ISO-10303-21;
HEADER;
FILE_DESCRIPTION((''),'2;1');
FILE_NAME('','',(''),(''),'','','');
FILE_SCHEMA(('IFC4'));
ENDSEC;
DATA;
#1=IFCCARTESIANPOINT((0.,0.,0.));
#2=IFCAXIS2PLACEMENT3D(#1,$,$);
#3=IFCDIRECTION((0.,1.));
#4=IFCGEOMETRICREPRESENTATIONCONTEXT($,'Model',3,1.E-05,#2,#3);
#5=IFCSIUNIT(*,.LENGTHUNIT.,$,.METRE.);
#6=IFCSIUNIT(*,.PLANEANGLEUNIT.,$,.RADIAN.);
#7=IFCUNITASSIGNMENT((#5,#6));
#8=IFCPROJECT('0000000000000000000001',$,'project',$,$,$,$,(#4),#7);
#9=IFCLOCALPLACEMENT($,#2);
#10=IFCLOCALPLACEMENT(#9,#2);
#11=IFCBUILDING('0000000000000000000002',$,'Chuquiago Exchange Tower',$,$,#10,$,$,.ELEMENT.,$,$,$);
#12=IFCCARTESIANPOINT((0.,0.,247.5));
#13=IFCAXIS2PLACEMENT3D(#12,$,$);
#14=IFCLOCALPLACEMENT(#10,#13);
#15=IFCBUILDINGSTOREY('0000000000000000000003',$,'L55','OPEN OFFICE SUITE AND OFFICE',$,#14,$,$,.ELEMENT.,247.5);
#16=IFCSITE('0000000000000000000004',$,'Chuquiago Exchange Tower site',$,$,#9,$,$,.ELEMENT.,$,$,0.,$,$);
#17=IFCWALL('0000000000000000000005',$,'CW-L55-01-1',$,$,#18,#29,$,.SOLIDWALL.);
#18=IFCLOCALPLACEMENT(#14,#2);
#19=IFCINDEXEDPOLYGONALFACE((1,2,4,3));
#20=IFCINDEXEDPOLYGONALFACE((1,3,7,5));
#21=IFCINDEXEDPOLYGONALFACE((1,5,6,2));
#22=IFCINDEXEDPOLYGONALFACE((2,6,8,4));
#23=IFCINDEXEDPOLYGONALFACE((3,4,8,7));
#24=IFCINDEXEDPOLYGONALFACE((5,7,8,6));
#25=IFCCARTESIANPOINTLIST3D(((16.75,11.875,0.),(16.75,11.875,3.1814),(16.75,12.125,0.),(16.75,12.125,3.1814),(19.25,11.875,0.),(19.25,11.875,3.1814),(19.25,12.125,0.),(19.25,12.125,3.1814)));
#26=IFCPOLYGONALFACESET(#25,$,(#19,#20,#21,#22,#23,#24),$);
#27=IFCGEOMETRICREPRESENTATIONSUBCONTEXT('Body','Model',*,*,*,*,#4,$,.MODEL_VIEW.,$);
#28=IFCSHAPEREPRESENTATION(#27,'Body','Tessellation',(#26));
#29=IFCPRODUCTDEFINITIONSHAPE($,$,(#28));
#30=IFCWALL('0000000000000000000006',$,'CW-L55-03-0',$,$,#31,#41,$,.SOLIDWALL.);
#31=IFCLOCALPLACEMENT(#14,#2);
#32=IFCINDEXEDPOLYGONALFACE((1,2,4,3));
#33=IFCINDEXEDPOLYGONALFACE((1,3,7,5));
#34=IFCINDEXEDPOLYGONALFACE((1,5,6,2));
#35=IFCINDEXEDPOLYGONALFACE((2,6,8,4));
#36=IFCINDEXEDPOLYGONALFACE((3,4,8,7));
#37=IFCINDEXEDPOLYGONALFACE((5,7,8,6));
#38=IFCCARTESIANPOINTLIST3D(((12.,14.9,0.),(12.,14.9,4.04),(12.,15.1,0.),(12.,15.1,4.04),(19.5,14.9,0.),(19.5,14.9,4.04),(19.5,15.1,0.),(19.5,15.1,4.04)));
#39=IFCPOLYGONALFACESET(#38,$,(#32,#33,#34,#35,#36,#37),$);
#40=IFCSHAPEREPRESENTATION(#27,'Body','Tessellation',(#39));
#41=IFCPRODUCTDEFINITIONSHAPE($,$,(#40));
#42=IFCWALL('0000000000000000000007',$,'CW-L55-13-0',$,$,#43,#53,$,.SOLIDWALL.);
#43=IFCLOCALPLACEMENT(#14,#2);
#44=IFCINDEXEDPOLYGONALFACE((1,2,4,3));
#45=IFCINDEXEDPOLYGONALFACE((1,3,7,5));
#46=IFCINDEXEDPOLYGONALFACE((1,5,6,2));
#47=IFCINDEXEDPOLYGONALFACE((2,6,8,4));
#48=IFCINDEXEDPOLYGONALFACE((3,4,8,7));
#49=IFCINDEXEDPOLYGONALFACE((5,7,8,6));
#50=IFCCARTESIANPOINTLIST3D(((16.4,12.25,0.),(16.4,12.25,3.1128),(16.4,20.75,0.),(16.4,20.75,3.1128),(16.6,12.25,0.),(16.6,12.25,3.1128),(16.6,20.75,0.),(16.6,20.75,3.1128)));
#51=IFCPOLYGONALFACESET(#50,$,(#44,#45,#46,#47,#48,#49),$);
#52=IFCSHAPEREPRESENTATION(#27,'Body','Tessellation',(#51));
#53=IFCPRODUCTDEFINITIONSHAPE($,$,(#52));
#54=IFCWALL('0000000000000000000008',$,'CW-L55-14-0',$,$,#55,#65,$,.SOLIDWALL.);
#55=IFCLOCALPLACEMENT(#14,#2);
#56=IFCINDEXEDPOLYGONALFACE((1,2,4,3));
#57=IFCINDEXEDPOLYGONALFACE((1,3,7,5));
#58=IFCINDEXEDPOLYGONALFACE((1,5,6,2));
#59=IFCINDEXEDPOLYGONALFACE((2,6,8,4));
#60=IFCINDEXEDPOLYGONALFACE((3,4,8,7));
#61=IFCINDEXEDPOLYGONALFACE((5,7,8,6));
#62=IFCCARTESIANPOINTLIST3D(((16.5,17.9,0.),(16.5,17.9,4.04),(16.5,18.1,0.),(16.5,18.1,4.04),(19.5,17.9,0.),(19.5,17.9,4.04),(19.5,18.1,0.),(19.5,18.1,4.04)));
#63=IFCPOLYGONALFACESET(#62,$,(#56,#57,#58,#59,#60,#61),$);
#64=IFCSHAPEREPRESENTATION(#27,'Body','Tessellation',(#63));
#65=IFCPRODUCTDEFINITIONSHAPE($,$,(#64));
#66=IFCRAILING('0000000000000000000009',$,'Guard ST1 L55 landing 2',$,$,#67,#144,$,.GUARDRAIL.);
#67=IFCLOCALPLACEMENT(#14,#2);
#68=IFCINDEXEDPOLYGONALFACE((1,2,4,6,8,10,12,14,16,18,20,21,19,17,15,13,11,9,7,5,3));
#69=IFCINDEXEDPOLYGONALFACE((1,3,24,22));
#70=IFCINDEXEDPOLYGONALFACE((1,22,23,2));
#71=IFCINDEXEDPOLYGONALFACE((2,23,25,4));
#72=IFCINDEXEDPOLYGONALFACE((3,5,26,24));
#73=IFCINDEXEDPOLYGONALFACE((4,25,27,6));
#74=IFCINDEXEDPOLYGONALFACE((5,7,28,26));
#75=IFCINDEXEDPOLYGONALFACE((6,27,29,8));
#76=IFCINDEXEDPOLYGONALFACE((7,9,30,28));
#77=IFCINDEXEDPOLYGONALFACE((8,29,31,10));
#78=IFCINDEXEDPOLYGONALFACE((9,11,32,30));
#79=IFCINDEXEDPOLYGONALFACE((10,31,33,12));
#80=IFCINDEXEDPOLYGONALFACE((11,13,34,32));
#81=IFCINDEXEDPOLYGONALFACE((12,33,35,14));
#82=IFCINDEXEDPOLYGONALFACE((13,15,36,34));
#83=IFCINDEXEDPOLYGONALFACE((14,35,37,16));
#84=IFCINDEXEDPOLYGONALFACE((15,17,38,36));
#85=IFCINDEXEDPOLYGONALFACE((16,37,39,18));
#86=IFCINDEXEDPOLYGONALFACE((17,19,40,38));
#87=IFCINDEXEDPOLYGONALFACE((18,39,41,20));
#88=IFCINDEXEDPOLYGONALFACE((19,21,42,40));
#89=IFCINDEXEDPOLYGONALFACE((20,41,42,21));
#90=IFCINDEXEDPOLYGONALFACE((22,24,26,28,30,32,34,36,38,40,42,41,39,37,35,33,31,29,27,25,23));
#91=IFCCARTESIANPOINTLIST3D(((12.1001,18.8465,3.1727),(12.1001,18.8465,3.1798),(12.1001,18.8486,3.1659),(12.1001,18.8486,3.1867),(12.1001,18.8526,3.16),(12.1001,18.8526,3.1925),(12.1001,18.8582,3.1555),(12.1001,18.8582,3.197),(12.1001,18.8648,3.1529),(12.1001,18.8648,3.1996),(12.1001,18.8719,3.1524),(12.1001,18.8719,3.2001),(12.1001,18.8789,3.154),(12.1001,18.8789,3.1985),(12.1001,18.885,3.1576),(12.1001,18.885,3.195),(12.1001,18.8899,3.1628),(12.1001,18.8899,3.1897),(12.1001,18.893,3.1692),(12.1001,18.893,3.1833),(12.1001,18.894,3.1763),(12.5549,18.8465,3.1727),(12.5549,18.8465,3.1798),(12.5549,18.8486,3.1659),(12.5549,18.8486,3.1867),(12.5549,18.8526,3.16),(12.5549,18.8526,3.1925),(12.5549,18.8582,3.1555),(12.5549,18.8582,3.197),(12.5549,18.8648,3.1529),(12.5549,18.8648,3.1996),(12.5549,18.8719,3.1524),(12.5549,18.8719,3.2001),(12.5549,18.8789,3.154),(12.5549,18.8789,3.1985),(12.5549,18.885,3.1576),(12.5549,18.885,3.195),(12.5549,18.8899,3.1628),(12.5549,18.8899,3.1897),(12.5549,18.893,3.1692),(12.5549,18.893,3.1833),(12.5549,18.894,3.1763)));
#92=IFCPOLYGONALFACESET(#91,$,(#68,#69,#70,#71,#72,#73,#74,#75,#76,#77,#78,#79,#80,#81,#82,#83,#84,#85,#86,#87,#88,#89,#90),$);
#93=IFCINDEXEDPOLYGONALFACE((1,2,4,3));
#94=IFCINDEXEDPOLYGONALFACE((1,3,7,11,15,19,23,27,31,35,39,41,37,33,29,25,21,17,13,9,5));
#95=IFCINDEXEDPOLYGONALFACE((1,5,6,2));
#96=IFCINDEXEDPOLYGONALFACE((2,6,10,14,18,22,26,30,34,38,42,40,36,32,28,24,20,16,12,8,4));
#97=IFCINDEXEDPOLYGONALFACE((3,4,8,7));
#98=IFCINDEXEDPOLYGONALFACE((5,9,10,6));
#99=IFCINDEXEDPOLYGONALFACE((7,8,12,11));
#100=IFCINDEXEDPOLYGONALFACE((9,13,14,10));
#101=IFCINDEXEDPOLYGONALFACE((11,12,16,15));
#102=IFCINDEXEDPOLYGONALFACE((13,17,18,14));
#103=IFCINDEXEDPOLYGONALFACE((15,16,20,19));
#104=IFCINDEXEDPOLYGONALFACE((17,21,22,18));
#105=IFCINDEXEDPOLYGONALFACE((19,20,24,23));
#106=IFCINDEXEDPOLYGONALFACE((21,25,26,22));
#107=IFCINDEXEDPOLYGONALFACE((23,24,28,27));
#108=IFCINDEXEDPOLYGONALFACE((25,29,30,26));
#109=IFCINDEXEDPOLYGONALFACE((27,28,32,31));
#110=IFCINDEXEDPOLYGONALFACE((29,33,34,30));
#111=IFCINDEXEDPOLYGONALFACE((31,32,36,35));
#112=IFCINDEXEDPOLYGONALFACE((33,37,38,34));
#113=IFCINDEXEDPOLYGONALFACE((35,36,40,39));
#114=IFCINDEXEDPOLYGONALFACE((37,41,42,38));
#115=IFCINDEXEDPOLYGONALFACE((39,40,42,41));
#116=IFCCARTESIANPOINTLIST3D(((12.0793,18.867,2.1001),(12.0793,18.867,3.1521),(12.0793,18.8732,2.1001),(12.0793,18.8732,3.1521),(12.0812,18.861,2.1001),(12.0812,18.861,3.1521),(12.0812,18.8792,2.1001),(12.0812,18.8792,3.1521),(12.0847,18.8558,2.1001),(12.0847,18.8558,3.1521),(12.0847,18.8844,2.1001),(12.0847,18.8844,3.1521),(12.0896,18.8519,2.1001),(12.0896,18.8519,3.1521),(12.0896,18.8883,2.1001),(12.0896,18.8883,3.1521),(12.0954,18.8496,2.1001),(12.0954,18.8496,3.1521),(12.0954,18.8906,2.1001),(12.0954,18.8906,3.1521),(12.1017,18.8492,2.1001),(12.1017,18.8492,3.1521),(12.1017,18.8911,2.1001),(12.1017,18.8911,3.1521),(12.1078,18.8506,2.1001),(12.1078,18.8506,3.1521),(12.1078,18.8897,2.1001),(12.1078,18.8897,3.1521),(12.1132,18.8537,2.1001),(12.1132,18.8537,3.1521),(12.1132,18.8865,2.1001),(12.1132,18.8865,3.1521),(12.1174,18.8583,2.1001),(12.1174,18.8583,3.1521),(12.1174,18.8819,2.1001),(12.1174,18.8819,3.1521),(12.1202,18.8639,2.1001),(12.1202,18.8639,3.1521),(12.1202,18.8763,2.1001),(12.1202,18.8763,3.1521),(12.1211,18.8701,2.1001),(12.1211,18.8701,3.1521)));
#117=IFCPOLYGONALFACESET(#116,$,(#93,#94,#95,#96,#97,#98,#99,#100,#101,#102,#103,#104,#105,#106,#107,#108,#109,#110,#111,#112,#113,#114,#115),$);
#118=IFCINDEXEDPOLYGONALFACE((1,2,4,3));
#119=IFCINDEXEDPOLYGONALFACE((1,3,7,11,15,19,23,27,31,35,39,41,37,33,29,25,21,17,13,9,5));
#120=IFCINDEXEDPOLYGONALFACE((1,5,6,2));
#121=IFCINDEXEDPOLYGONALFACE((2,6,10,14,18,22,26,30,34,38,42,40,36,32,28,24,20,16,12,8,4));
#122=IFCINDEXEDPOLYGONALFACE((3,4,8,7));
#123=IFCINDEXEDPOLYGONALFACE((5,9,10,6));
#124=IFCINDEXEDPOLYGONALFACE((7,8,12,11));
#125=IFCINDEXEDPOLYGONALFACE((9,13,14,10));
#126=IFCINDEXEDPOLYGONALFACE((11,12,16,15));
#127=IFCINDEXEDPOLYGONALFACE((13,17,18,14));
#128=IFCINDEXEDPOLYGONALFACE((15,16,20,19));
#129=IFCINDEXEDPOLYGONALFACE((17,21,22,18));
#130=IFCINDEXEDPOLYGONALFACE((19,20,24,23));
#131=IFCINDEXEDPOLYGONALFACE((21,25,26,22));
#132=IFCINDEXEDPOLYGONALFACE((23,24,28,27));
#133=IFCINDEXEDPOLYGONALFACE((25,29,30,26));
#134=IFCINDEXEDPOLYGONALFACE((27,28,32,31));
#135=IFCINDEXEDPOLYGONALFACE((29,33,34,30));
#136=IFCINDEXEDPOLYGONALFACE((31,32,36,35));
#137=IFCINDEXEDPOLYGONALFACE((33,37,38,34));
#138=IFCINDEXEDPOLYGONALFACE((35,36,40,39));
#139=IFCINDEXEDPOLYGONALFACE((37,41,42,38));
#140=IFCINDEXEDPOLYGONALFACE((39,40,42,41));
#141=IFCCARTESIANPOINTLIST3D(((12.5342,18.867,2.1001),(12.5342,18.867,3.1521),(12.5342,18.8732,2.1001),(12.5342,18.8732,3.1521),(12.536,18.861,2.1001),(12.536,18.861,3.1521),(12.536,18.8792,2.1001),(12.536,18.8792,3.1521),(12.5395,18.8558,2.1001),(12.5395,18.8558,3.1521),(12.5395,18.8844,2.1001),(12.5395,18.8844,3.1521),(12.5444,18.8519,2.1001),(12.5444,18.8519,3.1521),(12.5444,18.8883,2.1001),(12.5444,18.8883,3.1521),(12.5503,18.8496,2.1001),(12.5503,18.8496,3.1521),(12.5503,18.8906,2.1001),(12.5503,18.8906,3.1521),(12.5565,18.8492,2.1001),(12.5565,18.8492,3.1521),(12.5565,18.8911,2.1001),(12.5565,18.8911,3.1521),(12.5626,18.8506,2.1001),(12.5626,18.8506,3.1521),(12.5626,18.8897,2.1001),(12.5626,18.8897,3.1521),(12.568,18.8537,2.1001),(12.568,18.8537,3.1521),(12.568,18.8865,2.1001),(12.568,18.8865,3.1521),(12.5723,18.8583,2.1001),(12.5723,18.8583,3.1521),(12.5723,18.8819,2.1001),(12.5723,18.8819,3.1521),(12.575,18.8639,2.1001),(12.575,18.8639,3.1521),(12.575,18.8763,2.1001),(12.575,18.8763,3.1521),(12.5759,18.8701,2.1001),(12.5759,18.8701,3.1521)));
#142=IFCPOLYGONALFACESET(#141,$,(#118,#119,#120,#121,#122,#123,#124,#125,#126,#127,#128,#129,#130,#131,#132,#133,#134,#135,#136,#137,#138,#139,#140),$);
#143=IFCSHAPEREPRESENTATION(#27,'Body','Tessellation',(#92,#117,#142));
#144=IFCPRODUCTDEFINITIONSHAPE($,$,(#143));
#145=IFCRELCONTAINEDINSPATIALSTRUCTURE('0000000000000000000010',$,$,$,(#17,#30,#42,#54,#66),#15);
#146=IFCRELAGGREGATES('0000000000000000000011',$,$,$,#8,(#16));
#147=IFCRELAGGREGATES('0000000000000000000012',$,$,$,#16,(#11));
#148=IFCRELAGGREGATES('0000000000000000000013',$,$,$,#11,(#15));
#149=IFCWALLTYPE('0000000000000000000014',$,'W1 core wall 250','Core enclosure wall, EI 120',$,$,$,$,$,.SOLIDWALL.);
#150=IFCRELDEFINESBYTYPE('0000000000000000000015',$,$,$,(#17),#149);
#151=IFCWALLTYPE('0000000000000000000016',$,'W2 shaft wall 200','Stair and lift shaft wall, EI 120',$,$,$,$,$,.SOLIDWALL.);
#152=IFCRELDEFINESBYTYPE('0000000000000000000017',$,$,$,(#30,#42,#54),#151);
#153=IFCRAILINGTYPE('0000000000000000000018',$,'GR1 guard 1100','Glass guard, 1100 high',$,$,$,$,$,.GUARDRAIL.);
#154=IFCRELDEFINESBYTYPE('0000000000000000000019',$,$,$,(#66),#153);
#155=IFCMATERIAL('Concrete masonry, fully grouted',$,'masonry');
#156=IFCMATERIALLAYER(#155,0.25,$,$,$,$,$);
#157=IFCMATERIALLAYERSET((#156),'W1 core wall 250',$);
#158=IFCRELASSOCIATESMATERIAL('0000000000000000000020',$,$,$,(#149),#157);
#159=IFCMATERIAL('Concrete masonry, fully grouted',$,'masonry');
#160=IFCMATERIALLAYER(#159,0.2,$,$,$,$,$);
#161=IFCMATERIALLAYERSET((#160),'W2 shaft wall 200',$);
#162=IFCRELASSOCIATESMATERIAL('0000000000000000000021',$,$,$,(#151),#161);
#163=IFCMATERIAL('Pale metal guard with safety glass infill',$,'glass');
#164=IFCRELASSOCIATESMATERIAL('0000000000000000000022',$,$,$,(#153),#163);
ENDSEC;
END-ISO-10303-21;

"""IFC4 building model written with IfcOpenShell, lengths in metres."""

from ifc_helpers import new_model, si_unit, direction, frame, frame_2d, origin, origin_2d, place, context, subcontext, project, spatial, rectangle, circle, extrude, material, layer, layer_set, type_object, element, save


model = new_model("IFC4")

# Units and contexts
model_context = context("Model", 3, precision=1e-05, world=origin(), true_north=direction((0.0, 1.0)))
body_context = subcontext(model_context, "Body", "Model", "MODEL_VIEW")
ifc_project = project(units=[si_unit("LENGTHUNIT", "METRE"), si_unit("PLANEANGLEUNIT", "RADIAN")], contexts=[model_context])

# Site, building, storey
site_placement = place(None, origin())
site = spatial("IfcSite", under=ifc_project, at=site_placement, Name="Chuquiago Exchange Tower site", CompositionType="ELEMENT", RefElevation=0.0)
building_placement = place(site_placement, origin())
building = spatial("IfcBuilding", under=site, at=building_placement, Name="Chuquiago Exchange Tower", CompositionType="ELEMENT")
storey_placement = place(building_placement, frame((0.0, 0.0, 247.5)))
storey = spatial("IfcBuildingStorey", under=building, at=storey_placement, Name="L55", Description="OPEN OFFICE SUITE AND OFFICE", CompositionType="ELEMENT", Elevation=247.5)

# Shared definitions
ifc_material_1 = material(Name="Concrete masonry, fully grouted", Category="masonry")
ifc_layer_1 = layer(ifc_material_1, 0.25)
ifc_layer_set_1 = layer_set([ifc_layer_1], Name="W1 core wall 250")
wall_type_1 = type_object("IfcWallType", Name="W1 core wall 250", Description="Core enclosure wall, EI 120", PredefinedType="SOLIDWALL", material=ifc_layer_set_1)

# Walls
wall_1_placement = place(storey_placement, frame((16.75, 12.0, 0.0), z_axis=(0.0, 0.0, 1.0), x_axis=(1.0, 0.0, 0.0)))
element("IfcWall", 1, at=wall_1_placement, inside=storey, type_object=wall_type_1, Name="CW-L55-01-1", PredefinedType="SOLIDWALL", context=body_context, shape_type="SweptSolid", body=[
    extrude(rectangle(XDim=2.5, YDim=0.25, at=frame_2d((1.25, 0.0))), origin(), (0.0, 0.0, 1.0), 3.1814),
])
ifc_material_2 = material(Name="Concrete masonry, fully grouted", Category="masonry")
ifc_layer_2 = layer(ifc_material_2, 0.2)
ifc_layer_set_2 = layer_set([ifc_layer_2], Name="W2 shaft wall 200")
wall_type_2 = type_object("IfcWallType", Name="W2 shaft wall 200", Description="Stair and lift shaft wall, EI 120", PredefinedType="SOLIDWALL", material=ifc_layer_set_2)
wall_2_placement = place(storey_placement, frame((12.0, 15.0, 0.0), z_axis=(0.0, 0.0, 1.0), x_axis=(1.0, 0.0, 0.0)))
element("IfcWall", 2, at=wall_2_placement, inside=storey, type_object=wall_type_2, Name="CW-L55-03-0", PredefinedType="SOLIDWALL", context=body_context, shape_type="SweptSolid", body=[
    extrude(rectangle(XDim=7.5, YDim=0.2, at=frame_2d((3.75, 0.0))), origin(), (0.0, 0.0, 1.0), 4.04),
])
wall_3_placement = place(storey_placement, frame((16.5, 12.25, 0.0), z_axis=(0.0, 0.0, 1.0), x_axis=(0.0, 1.0, 0.0)))
element("IfcWall", 3, at=wall_3_placement, inside=storey, type_object=wall_type_2, Name="CW-L55-13-0", PredefinedType="SOLIDWALL", context=body_context, shape_type="SweptSolid", body=[
    extrude(rectangle(XDim=8.5, YDim=0.2, at=frame_2d((4.25, 0.0))), origin(), (0.0, 0.0, 1.0), 3.1128),
])
wall_4_placement = place(storey_placement, frame((16.5, 18.0, 0.0), z_axis=(0.0, 0.0, 1.0), x_axis=(1.0, 0.0, 0.0)))
element("IfcWall", 4, at=wall_4_placement, inside=storey, type_object=wall_type_2, Name="CW-L55-14-0", PredefinedType="SOLIDWALL", context=body_context, shape_type="SweptSolid", body=[
    extrude(rectangle(XDim=3.0, YDim=0.2, at=frame_2d((1.5, 0.0))), origin(), (0.0, 0.0, 1.0), 4.04),
])

# Railing
ifc_material_3 = material(Name="Pale metal guard with safety glass infill", Category="glass")
railing_type = type_object("IfcRailingType", Name="GR1 guard 1100", Description="Glass guard, 1100 high", PredefinedType="GUARDRAIL", material=ifc_material_3)
railing_placement = place(storey_placement, frame((12.1001, 18.8701, 2.1001)))
element("IfcRailing", 5, at=railing_placement, inside=storey, type_object=railing_type, Name="Guard ST1 L55 landing 2", PredefinedType="GUARDRAIL", context=body_context, shape_type="SweptSolid", body=[
    extrude(circle(Radius=0.0239, at=origin_2d()), frame((0.0, 0.0, 1.0762), z_axis=(1.0, 0.0, 0.0), x_axis=(0.0, 1.0, 0.0)), (0.0, 0.0, 1.0), 0.4548),
    extrude(circle(Radius=0.021, at=origin_2d()), origin(), (0.0, 0.0, 1.0), 1.052),
    extrude(circle(Radius=0.021, at=origin_2d()), frame((0.4548, 0.0, 0.0)), (0.0, 0.0, 1.0), 1.052),
])

save(model, "model.ifc")
